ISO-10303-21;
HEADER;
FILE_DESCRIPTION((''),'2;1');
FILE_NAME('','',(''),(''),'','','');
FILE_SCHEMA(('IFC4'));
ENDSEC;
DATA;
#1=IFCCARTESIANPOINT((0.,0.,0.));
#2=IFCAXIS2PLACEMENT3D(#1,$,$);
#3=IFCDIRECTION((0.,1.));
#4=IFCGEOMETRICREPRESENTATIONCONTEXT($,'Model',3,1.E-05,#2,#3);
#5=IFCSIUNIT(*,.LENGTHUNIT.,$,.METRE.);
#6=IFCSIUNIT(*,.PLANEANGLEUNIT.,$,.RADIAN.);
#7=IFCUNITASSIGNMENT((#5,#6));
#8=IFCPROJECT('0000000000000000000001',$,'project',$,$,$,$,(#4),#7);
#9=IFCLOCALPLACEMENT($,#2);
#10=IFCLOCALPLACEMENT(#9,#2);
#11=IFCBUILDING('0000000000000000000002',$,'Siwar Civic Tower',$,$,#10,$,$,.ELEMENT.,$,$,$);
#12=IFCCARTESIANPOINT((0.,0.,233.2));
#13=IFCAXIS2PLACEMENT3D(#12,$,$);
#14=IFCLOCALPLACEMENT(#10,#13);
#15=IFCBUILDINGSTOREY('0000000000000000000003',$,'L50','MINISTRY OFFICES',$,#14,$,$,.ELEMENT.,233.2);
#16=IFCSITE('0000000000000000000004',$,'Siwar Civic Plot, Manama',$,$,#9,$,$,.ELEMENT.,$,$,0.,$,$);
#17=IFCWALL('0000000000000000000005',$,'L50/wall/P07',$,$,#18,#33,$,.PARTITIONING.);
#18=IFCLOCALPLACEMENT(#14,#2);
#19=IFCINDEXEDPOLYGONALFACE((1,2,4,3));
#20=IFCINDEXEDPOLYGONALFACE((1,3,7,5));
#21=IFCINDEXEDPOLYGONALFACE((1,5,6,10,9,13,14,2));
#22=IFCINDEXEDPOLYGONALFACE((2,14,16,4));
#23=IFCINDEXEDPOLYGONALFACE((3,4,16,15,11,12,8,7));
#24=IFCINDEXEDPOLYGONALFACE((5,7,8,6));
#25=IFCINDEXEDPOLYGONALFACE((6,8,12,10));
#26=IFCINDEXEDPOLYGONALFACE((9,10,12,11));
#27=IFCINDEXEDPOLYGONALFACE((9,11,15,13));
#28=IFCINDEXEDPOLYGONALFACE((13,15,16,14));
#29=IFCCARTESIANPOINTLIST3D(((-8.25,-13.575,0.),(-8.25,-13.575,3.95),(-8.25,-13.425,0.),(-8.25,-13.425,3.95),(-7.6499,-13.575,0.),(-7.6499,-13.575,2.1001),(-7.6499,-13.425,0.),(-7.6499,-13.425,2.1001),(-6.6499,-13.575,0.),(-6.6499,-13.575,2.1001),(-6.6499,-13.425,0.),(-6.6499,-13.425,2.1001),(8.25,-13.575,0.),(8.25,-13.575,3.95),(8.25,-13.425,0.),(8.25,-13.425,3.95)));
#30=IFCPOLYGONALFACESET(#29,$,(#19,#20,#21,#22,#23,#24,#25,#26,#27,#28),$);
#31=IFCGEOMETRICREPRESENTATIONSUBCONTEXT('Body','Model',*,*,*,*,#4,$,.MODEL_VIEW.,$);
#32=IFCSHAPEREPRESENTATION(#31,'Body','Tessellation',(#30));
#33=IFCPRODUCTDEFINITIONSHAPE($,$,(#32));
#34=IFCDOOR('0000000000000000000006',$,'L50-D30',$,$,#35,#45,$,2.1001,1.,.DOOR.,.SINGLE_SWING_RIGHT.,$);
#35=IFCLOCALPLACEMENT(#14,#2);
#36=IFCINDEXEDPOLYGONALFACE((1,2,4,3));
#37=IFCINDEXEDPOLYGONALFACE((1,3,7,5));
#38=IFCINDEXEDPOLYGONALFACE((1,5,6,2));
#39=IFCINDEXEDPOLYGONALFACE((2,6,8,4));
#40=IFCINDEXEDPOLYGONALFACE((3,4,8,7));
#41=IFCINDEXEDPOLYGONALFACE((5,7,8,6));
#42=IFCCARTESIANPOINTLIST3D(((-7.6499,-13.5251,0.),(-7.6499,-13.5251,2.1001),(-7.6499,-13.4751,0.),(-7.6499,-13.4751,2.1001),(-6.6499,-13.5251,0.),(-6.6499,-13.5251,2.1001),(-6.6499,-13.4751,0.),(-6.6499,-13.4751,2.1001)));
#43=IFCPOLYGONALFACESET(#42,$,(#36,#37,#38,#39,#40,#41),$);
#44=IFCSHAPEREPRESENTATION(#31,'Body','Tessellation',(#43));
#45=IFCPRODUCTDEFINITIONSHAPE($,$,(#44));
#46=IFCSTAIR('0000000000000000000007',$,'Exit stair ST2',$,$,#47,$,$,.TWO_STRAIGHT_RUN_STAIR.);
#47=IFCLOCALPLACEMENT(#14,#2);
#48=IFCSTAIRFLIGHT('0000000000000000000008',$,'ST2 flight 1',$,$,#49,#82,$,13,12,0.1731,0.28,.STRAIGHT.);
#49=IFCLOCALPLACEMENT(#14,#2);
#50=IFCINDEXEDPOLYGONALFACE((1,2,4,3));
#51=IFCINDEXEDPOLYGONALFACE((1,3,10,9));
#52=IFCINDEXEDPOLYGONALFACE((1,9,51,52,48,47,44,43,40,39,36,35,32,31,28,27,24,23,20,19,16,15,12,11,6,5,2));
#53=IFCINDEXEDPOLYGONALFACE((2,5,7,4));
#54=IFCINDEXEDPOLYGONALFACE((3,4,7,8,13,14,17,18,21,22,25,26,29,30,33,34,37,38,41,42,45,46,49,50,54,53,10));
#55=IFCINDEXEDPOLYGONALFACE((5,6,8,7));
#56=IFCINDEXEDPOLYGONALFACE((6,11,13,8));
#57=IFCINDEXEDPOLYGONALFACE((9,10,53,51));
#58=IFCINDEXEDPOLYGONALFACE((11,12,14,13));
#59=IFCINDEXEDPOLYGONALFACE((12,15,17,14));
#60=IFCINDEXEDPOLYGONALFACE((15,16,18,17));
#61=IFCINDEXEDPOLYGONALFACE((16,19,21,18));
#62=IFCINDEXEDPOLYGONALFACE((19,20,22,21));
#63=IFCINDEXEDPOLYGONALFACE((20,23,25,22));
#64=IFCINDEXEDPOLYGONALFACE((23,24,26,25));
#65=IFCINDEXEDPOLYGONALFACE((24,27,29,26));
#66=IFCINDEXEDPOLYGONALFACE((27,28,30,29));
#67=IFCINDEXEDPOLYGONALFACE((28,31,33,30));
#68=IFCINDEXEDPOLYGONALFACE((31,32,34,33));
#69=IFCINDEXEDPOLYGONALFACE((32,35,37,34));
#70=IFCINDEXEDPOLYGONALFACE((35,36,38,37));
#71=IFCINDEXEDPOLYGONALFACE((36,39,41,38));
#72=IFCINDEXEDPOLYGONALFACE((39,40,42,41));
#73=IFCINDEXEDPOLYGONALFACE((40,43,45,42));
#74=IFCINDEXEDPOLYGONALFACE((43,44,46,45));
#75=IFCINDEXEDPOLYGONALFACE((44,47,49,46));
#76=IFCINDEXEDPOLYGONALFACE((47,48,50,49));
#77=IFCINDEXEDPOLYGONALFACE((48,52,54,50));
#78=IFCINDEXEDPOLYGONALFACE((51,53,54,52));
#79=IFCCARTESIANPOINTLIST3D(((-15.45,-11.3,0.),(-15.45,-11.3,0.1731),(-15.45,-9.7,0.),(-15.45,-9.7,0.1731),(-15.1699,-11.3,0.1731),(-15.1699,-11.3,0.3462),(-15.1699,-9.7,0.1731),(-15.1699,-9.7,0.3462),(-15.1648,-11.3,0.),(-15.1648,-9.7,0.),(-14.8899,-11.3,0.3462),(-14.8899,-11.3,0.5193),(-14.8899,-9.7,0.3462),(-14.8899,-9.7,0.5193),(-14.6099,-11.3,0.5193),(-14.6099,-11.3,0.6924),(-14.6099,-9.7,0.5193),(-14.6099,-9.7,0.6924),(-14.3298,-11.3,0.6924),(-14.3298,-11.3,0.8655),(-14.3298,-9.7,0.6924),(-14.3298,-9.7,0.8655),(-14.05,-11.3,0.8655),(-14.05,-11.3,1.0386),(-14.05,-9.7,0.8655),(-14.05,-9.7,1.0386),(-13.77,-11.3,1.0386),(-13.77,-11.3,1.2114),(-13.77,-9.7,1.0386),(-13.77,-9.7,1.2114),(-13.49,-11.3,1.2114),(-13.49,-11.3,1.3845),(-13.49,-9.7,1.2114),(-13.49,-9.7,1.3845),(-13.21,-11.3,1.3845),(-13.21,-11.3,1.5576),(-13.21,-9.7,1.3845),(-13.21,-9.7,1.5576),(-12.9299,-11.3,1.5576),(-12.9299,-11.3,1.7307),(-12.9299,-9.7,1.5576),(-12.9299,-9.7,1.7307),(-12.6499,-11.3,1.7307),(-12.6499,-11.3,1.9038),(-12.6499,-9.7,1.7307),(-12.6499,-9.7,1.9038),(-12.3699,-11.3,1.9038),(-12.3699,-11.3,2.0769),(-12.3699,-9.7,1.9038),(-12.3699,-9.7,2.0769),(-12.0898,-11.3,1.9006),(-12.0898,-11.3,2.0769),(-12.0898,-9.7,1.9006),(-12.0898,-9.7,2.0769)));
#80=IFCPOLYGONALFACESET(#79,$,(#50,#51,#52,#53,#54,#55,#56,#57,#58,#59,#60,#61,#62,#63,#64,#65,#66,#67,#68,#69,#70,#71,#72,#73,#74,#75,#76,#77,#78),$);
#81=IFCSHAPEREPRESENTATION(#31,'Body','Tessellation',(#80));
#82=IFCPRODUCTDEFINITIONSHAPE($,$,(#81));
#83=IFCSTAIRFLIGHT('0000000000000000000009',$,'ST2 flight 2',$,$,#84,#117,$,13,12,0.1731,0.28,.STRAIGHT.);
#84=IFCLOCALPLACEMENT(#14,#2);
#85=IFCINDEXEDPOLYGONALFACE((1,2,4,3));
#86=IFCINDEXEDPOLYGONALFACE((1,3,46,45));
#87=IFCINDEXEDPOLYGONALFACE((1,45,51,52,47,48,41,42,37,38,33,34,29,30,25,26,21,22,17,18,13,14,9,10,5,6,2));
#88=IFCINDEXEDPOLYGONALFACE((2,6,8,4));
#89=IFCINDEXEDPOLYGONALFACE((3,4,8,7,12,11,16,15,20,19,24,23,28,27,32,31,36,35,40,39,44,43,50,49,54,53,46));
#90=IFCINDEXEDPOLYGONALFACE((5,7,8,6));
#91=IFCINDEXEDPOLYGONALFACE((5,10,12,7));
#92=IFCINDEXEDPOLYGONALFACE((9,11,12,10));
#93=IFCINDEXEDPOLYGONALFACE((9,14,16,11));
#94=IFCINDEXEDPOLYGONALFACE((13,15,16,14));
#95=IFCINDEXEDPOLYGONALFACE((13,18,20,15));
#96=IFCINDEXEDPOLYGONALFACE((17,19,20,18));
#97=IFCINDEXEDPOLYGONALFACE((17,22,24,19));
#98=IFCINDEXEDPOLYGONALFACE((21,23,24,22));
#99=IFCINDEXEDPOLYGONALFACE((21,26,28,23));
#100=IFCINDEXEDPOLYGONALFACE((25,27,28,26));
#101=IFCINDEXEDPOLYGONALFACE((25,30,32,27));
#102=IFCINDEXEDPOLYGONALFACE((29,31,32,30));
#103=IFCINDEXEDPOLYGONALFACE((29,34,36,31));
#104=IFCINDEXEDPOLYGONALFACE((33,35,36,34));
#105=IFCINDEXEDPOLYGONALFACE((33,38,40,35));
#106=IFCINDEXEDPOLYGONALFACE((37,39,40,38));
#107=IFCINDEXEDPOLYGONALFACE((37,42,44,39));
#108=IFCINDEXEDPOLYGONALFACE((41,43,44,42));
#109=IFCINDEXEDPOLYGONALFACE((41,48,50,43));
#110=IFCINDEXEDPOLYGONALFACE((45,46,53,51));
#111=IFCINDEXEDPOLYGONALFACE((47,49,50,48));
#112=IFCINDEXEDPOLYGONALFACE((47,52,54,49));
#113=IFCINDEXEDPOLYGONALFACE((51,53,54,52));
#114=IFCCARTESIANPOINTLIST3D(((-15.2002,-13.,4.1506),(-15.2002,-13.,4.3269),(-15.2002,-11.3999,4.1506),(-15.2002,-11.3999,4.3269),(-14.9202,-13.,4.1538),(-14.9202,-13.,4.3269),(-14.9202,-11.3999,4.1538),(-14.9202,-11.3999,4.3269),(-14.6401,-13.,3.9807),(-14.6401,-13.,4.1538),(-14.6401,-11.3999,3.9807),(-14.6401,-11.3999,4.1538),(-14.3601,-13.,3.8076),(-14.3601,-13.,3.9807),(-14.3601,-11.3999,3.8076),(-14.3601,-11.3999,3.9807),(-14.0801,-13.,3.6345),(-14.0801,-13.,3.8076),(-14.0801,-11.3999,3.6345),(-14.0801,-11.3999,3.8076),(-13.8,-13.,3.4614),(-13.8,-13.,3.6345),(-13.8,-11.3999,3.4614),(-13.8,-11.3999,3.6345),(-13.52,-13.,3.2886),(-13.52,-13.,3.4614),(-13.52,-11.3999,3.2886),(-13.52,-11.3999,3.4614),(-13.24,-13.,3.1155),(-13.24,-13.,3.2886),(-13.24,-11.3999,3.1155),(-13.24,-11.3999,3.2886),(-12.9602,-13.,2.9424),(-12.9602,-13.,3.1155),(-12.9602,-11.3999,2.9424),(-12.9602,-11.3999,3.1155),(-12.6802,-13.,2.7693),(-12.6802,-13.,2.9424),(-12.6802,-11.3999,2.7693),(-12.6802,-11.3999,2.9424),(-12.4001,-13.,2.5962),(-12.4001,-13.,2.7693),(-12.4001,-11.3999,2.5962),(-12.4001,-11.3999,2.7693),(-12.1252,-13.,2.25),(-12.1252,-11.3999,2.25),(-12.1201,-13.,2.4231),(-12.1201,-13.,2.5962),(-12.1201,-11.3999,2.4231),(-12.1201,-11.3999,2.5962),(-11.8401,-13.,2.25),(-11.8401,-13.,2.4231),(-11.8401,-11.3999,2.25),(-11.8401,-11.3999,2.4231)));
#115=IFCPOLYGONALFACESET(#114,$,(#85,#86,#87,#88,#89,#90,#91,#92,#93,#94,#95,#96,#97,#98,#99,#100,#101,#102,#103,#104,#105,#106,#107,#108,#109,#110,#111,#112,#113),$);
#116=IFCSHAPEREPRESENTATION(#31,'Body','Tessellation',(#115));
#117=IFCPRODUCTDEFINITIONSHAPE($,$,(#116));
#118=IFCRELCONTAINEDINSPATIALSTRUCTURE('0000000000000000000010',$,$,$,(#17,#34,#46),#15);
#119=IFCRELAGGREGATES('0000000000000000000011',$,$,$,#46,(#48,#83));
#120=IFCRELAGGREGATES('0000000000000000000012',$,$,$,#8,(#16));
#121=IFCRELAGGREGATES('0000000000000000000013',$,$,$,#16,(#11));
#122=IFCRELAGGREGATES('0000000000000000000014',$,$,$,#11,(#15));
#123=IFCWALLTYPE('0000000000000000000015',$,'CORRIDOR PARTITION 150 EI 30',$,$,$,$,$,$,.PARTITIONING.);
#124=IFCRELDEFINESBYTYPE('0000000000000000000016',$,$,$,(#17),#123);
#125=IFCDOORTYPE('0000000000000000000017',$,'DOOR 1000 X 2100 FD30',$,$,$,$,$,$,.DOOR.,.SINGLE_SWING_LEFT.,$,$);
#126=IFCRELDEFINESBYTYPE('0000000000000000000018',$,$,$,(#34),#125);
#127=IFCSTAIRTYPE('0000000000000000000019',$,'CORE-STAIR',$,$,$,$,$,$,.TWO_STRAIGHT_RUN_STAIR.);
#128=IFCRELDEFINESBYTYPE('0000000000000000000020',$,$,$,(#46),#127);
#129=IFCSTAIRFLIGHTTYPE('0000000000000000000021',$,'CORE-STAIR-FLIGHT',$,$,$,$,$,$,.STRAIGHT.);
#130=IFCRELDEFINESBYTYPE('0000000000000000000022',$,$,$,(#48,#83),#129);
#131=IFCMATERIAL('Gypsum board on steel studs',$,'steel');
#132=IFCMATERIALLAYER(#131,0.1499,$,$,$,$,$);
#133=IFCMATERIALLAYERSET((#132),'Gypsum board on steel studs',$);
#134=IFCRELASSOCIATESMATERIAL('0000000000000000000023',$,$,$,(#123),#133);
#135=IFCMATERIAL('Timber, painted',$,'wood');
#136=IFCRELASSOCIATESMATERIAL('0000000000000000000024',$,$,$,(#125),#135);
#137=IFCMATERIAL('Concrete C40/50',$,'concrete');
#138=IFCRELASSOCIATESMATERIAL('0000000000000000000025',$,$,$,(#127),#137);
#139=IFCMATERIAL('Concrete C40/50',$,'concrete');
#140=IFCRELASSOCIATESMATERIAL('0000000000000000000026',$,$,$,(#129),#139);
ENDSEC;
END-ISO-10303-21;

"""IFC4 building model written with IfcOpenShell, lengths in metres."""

from ifc_helpers import new_model, si_unit, direction, frame, frame_2d, origin, place, context, subcontext, project, spatial, polyline, rectangle, outline, extrude, material, layer, layer_set, type_object, element, fill, aggregate, save


model = new_model("IFC4")

# Units and contexts
model_context = context("Model", 3, precision=1e-05, world=origin(), true_north=direction((0.0, 1.0)))
body_context = subcontext(model_context, "Body", "Model", "MODEL_VIEW")
ifc_project = project(units=[si_unit("LENGTHUNIT", "METRE"), si_unit("PLANEANGLEUNIT", "RADIAN")], contexts=[model_context])

# Site, building, storey
site_placement = place(None, origin())
site = spatial("IfcSite", under=ifc_project, at=site_placement, Name="Siwar Civic Plot, Manama", CompositionType="ELEMENT", RefElevation=0.0)
building_placement = place(site_placement, origin())
building = spatial("IfcBuilding", under=site, at=building_placement, Name="Siwar Civic Tower", CompositionType="ELEMENT")
storey_placement = place(building_placement, frame((0.0, 0.0, 233.2)))
storey = spatial("IfcBuildingStorey", under=building, at=storey_placement, Name="L50", Description="MINISTRY OFFICES", CompositionType="ELEMENT", Elevation=233.2)

# Wall, opening, door
ifc_material_1 = material(Name="Gypsum board on steel studs", Category="steel")
ifc_layer_1 = layer(ifc_material_1, 0.1499)
ifc_layer_set_1 = layer_set([ifc_layer_1], Name="Gypsum board on steel studs")
wall_type_1 = type_object("IfcWallType", Name="CORRIDOR PARTITION 150 EI 30", PredefinedType="PARTITIONING", material=ifc_layer_set_1)
wall_1_placement = place(storey_placement, frame((-8.25, -13.5, 0.0), z_axis=(0.0, 0.0, 1.0), x_axis=(1.0, 0.0, 0.0)))
wall_1 = element("IfcWall", 1, at=wall_1_placement, inside=storey, type_object=wall_type_1, Name="L50/wall/P07", PredefinedType="PARTITIONING", context=body_context, shape_type="SweptSolid", body=[
    extrude(rectangle(XDim=16.5, YDim=0.1499, at=frame_2d((8.25, 0.0))), origin(), (0.0, 0.0, 1.0), 3.95),
])
opening_1_placement = place(wall_1_placement, frame((0.6001, 0.0, 0.0)))
opening_1 = element("IfcOpeningElement", 2, at=opening_1_placement, cuts=wall_1, PredefinedType="OPENING", context=body_context, shape_type="SweptSolid", body=[
    extrude(rectangle(XDim=1.0, YDim=2.1001, at=frame_2d((0.5, 1.05))), frame((0.0, 0.085, 0.0), z_axis=(0.0, -1.0, 0.0), x_axis=(1.0, 0.0, 0.0)), (0.0, 0.0, 1.0), 0.1699),
])
ifc_material_2 = material(Name="Timber, painted", Category="wood")
door_type_1 = type_object("IfcDoorType", Name="DOOR 1000 X 2100 FD30", OperationType="SINGLE_SWING_LEFT", PredefinedType="DOOR", material=ifc_material_2)
door_1_placement = place(opening_1_placement, origin())
door_1 = element("IfcDoor", 3, at=door_1_placement, inside=storey, type_object=door_type_1, Name="L50-D30", OperationType="SINGLE_SWING_RIGHT", OverallHeight=2.1001, OverallWidth=1.0, PredefinedType="DOOR", context=body_context, shape_type="SweptSolid", body=[
    extrude(rectangle(XDim=1.0, YDim=2.1001, at=frame_2d((0.5, 1.05))), frame((0.0, 0.0249, 0.0), z_axis=(0.0, -1.0, 0.0), x_axis=(1.0, 0.0, 0.0)), (0.0, 0.0, 1.0), 0.05),
])
fill(opening_1, door_1)

# Stair, stair flights
ifc_material_3 = material(Name="Concrete C40/50", Category="concrete")
stair_type = type_object("IfcStairType", Name="CORE-STAIR", PredefinedType="TWO_STRAIGHT_RUN_STAIR", material=ifc_material_3)
stair_placement = place(storey_placement, origin())
stair = element("IfcStair", 4, at=stair_placement, inside=storey, type_object=stair_type, Name="Exit stair ST2", PredefinedType="TWO_STRAIGHT_RUN_STAIR")
ifc_material_4 = material(Name="Concrete C40/50", Category="concrete")
stair_flight_type = type_object("IfcStairFlightType", Name="CORE-STAIR-FLIGHT", PredefinedType="STRAIGHT", material=ifc_material_4)
stair_flight_1_placement = place(storey_placement, frame((-15.45, -10.5, 0.0), z_axis=(0.0, 0.0, 1.0), x_axis=(1.0, 0.0, 0.0)))
stair_flight_1 = element("IfcStairFlight", 5, at=stair_flight_1_placement, type_object=stair_flight_type, Name="ST2 flight 1", NumberOfRisers=13, NumberOfTreads=12, PredefinedType="STRAIGHT", RiserHeight=0.1731, TreadLength=0.28, context=body_context, shape_type="SweptSolid", body=[
    extrude(outline(polyline([(0.0, 0.0), (0.0, 0.1731), (0.28, 0.1731), (0.28, 0.3462), (0.5601, 0.3462), (0.5601, 0.5193), (0.8401, 0.5193), (0.8401, 0.6924), (1.1201, 0.6924), (1.1201, 0.8655), (1.3999, 0.8655), (1.3999, 1.0386), (1.6799, 1.0386), (1.6799, 1.2114), (1.96, 1.2114), (1.96, 1.3845), (2.24, 1.3845), (2.24, 1.5576), (2.52, 1.5576), (2.52, 1.7307), (2.8, 1.7307), (2.8, 1.9038), (3.0801, 1.9038), (3.0801, 2.0769), (3.3601, 2.0769), (3.3601, 2.25), (3.3601, 1.9006), (0.2852, 0.0), (0.0, 0.0)])), frame((0.0, 0.8, 0.0), z_axis=(0.0, -1.0, 0.0), x_axis=(1.0, 0.0, 0.0)), (0.0, 0.0, 1.0), 1.6001),
])
stair_flight_2_placement = place(storey_placement, frame((-11.8401, -12.2, 2.25), z_axis=(0.0, 0.0, 1.0), x_axis=(-1.0, 0.0, 0.0)))
stair_flight_2 = element("IfcStairFlight", 6, at=stair_flight_2_placement, type_object=stair_flight_type, Name="ST2 flight 2", NumberOfRisers=13, NumberOfTreads=12, PredefinedType="STRAIGHT", RiserHeight=0.1731, TreadLength=0.28, context=body_context, shape_type="SweptSolid", body=[
    extrude(outline(polyline([(0.0, 0.0), (0.0, 0.1731), (0.28, 0.1731), (0.28, 0.3462), (0.5601, 0.3462), (0.5601, 0.5193), (0.8401, 0.5193), (0.8401, 0.6924), (1.1201, 0.6924), (1.1201, 0.8655), (1.3999, 0.8655), (1.3999, 1.0386), (1.6799, 1.0386), (1.6799, 1.2114), (1.96, 1.2114), (1.96, 1.3845), (2.24, 1.3845), (2.24, 1.5576), (2.52, 1.5576), (2.52, 1.7307), (2.8, 1.7307), (2.8, 1.9038), (3.0801, 1.9038), (3.0801, 2.0769), (3.3601, 2.0769), (3.3601, 2.25), (3.3601, 1.9006), (0.2852, 0.0), (0.0, 0.0)])), frame((0.0, 0.8, 0.0), z_axis=(0.0, -1.0, 0.0), x_axis=(1.0, 0.0, 0.0)), (0.0, 0.0, 1.0), 1.6001),
])
aggregate(stair, [stair_flight_1, stair_flight_2])

save(model, "model.ifc")
